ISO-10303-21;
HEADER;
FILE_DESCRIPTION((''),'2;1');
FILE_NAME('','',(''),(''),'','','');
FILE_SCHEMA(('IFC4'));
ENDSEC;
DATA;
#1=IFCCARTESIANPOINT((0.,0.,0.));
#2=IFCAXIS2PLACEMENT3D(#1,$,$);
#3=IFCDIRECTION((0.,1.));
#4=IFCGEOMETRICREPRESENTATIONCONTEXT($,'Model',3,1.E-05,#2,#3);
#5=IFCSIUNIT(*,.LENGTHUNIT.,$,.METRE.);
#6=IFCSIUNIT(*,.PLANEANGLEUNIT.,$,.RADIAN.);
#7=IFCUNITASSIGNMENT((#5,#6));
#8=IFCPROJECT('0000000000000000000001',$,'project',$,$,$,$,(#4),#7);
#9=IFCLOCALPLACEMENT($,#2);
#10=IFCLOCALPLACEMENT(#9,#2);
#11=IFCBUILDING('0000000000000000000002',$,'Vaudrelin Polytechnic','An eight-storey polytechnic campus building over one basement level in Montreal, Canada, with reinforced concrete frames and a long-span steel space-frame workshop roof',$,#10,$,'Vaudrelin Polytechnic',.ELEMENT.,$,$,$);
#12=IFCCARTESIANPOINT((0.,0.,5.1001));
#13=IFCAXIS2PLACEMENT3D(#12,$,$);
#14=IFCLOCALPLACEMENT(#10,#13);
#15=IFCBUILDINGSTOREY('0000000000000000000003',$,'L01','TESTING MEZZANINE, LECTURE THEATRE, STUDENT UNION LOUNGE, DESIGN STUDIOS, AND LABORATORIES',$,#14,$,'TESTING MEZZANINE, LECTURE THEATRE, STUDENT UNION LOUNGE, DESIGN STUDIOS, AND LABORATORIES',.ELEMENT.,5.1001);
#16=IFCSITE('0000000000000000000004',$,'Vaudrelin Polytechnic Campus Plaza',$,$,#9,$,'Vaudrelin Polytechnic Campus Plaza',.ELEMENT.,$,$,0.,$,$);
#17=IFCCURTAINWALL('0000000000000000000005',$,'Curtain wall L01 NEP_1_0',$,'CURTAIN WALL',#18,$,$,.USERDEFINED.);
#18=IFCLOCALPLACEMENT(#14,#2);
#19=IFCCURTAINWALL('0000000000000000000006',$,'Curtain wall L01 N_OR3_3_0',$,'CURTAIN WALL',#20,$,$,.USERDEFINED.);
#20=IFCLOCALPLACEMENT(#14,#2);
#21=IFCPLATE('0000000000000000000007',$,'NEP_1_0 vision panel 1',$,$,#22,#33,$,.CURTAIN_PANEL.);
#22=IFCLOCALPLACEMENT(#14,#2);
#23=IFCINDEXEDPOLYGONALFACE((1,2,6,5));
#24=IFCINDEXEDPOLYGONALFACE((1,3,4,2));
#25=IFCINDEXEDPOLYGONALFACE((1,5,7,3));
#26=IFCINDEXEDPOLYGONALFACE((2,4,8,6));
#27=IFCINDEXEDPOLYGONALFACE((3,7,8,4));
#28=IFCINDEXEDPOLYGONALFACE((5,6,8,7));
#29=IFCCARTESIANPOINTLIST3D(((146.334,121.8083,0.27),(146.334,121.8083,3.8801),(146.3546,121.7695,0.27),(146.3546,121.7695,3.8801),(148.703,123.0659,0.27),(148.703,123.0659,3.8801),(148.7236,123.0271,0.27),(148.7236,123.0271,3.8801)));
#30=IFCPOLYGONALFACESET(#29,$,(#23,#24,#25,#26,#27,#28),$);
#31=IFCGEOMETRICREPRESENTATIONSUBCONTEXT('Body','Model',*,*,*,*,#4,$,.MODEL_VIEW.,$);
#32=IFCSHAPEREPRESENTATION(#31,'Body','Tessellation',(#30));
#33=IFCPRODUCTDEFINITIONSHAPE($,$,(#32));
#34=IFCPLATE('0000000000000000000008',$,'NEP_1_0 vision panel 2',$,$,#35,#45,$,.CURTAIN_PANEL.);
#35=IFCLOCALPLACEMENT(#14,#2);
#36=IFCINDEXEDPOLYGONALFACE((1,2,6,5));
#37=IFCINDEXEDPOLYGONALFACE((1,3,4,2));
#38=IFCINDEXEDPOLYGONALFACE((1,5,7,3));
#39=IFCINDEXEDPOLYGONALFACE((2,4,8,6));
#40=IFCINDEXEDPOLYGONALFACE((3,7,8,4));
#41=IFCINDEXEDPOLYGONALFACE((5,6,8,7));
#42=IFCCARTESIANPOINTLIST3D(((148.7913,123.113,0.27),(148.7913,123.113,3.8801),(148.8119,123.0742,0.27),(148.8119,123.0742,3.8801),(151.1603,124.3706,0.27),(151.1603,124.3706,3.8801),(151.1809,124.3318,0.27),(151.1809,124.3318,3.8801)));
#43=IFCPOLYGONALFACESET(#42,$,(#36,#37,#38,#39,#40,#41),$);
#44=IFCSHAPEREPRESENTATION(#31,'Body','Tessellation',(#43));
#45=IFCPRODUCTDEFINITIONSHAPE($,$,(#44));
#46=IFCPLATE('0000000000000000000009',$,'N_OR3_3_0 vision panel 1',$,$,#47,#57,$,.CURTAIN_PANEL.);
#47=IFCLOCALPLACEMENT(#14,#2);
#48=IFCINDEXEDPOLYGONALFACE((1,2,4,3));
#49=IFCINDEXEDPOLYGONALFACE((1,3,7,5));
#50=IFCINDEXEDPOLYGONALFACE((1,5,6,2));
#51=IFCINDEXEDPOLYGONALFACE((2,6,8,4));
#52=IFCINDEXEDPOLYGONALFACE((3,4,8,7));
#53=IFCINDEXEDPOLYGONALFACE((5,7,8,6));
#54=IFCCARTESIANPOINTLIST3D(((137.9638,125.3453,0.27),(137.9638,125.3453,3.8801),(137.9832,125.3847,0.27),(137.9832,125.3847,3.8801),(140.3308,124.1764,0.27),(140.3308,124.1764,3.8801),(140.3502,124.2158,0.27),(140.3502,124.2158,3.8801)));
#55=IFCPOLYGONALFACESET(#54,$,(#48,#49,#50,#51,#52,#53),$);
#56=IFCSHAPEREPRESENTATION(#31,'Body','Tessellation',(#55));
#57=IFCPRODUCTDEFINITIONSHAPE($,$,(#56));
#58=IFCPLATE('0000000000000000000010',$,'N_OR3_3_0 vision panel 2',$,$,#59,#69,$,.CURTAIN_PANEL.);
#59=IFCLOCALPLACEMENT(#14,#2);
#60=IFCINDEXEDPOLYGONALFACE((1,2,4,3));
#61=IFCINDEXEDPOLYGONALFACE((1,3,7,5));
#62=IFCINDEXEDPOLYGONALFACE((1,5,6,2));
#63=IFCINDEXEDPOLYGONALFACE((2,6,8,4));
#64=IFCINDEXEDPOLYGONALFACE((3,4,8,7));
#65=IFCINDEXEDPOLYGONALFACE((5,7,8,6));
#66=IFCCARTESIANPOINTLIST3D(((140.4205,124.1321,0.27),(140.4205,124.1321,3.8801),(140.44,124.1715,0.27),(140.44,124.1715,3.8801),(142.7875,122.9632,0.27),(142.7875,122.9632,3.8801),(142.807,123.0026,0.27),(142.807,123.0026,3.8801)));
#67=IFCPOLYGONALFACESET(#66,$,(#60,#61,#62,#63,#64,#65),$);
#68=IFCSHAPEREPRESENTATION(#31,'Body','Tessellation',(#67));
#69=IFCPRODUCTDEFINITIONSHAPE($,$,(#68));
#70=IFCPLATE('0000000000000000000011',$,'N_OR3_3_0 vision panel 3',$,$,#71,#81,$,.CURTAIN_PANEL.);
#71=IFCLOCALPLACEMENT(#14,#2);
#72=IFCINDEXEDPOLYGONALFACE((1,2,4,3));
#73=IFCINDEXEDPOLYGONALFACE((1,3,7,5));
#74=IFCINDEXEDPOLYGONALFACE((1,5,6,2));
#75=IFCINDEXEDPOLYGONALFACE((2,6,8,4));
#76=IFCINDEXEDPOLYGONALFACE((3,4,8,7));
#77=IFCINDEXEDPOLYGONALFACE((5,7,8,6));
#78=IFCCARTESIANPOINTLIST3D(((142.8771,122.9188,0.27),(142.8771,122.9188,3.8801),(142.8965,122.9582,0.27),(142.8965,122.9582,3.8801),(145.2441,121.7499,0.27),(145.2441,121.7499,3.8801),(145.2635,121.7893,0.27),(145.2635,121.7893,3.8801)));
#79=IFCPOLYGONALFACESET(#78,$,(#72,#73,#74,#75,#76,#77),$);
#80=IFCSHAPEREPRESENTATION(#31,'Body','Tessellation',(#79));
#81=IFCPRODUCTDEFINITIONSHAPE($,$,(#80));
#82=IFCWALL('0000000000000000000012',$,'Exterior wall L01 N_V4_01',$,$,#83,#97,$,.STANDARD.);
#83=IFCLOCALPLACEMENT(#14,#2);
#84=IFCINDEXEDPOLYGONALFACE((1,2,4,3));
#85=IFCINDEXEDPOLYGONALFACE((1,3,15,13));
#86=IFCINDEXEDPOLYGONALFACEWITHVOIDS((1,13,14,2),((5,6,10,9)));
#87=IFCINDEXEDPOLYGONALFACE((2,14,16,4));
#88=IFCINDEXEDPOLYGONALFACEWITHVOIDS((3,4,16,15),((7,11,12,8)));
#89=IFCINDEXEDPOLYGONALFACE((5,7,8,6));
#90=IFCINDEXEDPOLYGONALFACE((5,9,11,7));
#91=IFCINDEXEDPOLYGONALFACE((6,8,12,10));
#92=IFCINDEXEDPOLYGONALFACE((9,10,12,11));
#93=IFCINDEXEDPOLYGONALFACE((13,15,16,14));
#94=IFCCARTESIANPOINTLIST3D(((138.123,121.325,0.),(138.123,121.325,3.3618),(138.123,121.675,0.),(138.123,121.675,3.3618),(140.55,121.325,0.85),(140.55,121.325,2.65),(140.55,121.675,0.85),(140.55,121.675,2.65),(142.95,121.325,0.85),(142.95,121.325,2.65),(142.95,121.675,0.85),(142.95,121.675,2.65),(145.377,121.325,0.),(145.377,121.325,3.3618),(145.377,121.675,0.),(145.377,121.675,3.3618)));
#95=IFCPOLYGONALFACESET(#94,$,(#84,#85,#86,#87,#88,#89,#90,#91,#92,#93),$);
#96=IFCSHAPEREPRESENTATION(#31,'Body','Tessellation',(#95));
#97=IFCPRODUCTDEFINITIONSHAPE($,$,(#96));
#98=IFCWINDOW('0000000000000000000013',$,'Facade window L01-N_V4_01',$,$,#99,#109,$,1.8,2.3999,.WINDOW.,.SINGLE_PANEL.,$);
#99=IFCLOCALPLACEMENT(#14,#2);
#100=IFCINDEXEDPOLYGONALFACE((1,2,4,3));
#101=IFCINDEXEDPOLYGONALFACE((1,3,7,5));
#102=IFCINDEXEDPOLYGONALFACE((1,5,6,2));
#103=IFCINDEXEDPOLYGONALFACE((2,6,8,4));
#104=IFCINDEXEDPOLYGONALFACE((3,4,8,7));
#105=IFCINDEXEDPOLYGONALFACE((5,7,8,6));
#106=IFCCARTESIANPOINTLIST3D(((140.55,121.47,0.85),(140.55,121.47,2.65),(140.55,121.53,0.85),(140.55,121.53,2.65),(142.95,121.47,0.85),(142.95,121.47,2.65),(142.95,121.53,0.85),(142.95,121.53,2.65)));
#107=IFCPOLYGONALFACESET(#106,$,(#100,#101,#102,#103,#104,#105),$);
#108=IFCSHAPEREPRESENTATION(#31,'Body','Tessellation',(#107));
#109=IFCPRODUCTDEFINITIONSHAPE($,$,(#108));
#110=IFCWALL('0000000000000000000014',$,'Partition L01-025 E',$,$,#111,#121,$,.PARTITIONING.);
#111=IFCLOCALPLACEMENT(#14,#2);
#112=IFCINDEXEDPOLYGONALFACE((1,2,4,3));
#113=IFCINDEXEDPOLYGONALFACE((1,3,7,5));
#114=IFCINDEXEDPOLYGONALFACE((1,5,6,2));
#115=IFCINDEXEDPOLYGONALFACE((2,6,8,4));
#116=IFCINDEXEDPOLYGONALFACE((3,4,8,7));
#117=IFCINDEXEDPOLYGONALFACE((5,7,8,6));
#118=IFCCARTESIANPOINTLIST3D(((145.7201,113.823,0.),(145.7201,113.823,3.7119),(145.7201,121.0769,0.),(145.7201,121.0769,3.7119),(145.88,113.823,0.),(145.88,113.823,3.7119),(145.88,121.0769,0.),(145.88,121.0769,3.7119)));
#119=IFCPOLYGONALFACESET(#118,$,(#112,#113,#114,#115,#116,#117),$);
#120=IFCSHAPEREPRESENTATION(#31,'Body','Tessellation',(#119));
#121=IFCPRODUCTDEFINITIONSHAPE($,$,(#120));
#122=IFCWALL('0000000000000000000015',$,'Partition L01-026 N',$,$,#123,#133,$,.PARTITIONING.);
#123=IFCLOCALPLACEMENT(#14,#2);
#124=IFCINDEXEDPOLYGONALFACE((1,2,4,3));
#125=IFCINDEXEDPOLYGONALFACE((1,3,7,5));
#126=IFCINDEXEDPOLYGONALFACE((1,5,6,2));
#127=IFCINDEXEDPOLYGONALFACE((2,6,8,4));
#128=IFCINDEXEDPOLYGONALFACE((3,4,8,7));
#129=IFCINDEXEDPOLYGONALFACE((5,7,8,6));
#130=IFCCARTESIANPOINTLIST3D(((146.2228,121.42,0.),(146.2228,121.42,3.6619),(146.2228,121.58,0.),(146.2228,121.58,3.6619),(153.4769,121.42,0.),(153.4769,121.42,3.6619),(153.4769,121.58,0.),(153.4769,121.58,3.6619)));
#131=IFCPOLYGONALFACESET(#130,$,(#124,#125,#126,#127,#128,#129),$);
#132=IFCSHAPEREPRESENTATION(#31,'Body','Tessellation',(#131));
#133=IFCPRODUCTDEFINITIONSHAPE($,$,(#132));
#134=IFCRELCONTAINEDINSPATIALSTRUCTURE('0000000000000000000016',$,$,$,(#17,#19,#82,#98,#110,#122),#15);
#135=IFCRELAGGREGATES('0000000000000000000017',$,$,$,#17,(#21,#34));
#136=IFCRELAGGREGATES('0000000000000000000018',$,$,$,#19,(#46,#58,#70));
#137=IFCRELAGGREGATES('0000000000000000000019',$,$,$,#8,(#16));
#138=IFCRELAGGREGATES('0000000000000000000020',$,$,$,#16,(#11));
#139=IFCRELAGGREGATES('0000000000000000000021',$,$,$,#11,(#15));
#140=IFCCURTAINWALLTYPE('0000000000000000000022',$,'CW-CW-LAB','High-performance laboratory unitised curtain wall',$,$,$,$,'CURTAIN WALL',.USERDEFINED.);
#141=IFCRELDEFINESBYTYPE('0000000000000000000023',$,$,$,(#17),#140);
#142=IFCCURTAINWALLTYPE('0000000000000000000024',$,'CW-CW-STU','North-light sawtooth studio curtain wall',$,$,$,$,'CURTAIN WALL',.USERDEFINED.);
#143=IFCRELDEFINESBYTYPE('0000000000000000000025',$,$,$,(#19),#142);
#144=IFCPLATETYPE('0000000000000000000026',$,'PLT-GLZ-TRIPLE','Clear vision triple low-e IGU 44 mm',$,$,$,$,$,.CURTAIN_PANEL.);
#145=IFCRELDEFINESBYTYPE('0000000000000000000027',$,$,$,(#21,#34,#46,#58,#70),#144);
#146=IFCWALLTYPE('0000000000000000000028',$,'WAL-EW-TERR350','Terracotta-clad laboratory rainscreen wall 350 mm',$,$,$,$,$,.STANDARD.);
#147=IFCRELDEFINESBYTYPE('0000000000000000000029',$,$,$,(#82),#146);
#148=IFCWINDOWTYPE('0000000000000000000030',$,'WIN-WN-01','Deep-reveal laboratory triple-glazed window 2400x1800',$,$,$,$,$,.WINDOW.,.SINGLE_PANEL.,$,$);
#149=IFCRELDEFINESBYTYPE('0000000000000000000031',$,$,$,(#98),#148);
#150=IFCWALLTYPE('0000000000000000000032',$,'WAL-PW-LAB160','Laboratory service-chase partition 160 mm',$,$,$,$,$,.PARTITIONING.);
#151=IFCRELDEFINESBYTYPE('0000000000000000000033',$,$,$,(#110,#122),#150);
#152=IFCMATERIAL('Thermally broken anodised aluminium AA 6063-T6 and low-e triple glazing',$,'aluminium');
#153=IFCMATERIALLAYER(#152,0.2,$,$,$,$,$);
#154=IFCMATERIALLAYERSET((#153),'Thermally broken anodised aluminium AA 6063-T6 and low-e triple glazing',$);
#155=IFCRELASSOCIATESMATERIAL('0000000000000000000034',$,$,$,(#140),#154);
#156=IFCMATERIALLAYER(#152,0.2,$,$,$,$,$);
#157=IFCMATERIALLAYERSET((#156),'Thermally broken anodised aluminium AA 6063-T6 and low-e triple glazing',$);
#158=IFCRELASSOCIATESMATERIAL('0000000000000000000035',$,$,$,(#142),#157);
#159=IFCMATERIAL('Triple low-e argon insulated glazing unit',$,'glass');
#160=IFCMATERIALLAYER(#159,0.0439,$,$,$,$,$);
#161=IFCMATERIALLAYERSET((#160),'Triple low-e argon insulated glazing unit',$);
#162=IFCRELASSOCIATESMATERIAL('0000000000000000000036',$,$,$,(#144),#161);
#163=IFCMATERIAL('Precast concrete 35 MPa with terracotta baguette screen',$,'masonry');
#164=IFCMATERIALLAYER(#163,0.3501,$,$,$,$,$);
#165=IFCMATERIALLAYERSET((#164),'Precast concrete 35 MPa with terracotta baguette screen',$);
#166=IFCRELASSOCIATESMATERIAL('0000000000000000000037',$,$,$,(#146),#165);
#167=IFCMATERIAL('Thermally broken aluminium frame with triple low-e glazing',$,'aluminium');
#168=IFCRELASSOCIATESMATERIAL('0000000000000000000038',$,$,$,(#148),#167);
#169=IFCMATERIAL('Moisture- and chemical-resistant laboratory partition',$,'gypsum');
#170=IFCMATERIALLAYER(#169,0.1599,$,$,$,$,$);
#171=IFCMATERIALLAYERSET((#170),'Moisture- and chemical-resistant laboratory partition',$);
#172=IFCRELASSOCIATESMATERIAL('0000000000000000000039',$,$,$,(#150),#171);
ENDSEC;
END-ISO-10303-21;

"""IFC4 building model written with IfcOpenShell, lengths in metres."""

from ifc_helpers import new_model, si_unit, direction, frame, frame_2d, origin, origin_2d, place, context, subcontext, project, spatial, rectangle, extrude, material, layer, layer_set, type_object, element, fill, aggregate, save


model = new_model("IFC4")

# Units and contexts
model_context = context("Model", 3, precision=1e-05, world=origin(), true_north=direction((0.0, 1.0)))
body_context = subcontext(model_context, "Body", "Model", "MODEL_VIEW")
ifc_project = project(units=[si_unit("LENGTHUNIT", "METRE"), si_unit("PLANEANGLEUNIT", "RADIAN")], contexts=[model_context])

# Site, building, storey
site_placement = place(None, origin())
site = spatial("IfcSite", under=ifc_project, at=site_placement, Name="Vaudrelin Polytechnic Campus Plaza", LongName="Vaudrelin Polytechnic Campus Plaza", CompositionType="ELEMENT", RefElevation=0.0)
building_placement = place(site_placement, origin())
building = spatial("IfcBuilding", under=site, at=building_placement, Name="Vaudrelin Polytechnic", Description="An eight-storey polytechnic campus building over one basement level in Montreal, Canada, with reinforced concrete frames and a long-span steel space-frame workshop roof", LongName="Vaudrelin Polytechnic", CompositionType="ELEMENT")
storey_placement = place(building_placement, frame((0.0, 0.0, 5.1001)))
storey = spatial("IfcBuildingStorey", under=building, at=storey_placement, Name="L01", Description="TESTING MEZZANINE, LECTURE THEATRE, STUDENT UNION LOUNGE, DESIGN STUDIOS, AND LABORATORIES", LongName="TESTING MEZZANINE, LECTURE THEATRE, STUDENT UNION LOUNGE, DESIGN STUDIOS, AND LABORATORIES", CompositionType="ELEMENT", Elevation=5.1001)

# Curtain walls
ifc_material_1 = material(Name="Thermally broken anodised aluminium AA 6063-T6 and low-e triple glazing", Category="aluminium")
ifc_layer_1 = layer(ifc_material_1, 0.2)
ifc_layer_set_1 = layer_set([ifc_layer_1], Name="Thermally broken anodised aluminium AA 6063-T6 and low-e triple glazing")
curtain_wall_type_1 = type_object("IfcCurtainWallType", Name="CW-CW-LAB", Description="High-performance laboratory unitised curtain wall", ElementType="CURTAIN WALL", PredefinedType="USERDEFINED", material=ifc_layer_set_1)
curtain_wall_1_placement = place(storey_placement, origin())
curtain_wall_1 = element("IfcCurtainWall", 1, at=curtain_wall_1_placement, inside=storey, type_object=curtain_wall_type_1, Name="Curtain wall L01 NEP_1_0", ObjectType="CURTAIN WALL", PredefinedType="USERDEFINED")
ifc_layer_2 = layer(ifc_material_1, 0.2)
ifc_layer_set_2 = layer_set([ifc_layer_2], Name="Thermally broken anodised aluminium AA 6063-T6 and low-e triple glazing")
curtain_wall_type_2 = type_object("IfcCurtainWallType", Name="CW-CW-STU", Description="North-light sawtooth studio curtain wall", ElementType="CURTAIN WALL", PredefinedType="USERDEFINED", material=ifc_layer_set_2)
curtain_wall_2_placement = place(storey_placement, origin())
curtain_wall_2 = element("IfcCurtainWall", 2, at=curtain_wall_2_placement, inside=storey, type_object=curtain_wall_type_2, Name="Curtain wall L01 N_OR3_3_0", ObjectType="CURTAIN WALL", PredefinedType="USERDEFINED")

# Plates
ifc_material_2 = material(Name="Triple low-e argon insulated glazing unit", Category="glass")
ifc_layer_3 = layer(ifc_material_2, 0.0439)
ifc_layer_set_3 = layer_set([ifc_layer_3], Name="Triple low-e argon insulated glazing unit")
plate_type_1 = type_object("IfcPlateType", Name="PLT-GLZ-TRIPLE", Description="Clear vision triple low-e IGU 44 mm", PredefinedType="CURTAIN_PANEL", material=ifc_layer_set_3)
plate_1_placement = place(storey_placement, frame((147.5288, 122.4177, 0.27), z_axis=(0.0, 0.0, 1.0), x_axis=(0.883256, 0.46889, 0.0)))
plate_1 = element("IfcPlate", 3, at=plate_1_placement, type_object=plate_type_1, Name="NEP_1_0 vision panel 1", PredefinedType="CURTAIN_PANEL", context=body_context, shape_type="SweptSolid", body=[
    extrude(rectangle(XDim=2.6821, YDim=0.0439, at=origin_2d()), origin(), (0.0, 0.0, 1.0), 3.6101),
])
plate_2_placement = place(storey_placement, frame((149.9861, 123.7224, 0.27), z_axis=(0.0, 0.0, 1.0), x_axis=(0.883256, 0.46889, 0.0)))
plate_2 = element("IfcPlate", 4, at=plate_2_placement, type_object=plate_type_1, Name="NEP_1_0 vision panel 2", PredefinedType="CURTAIN_PANEL", context=body_context, shape_type="SweptSolid", body=[
    extrude(rectangle(XDim=2.6821, YDim=0.0439, at=origin_2d()), origin(), (0.0, 0.0, 1.0), 3.6101),
])
aggregate(curtain_wall_1, [plate_1, plate_2])
plate_3_placement = place(storey_placement, frame((139.157, 124.7805, 0.27), z_axis=(0.0, 0.0, 1.0), x_axis=(0.896628, -0.442785, 0.0)))
plate_3 = element("IfcPlate", 5, at=plate_3_placement, type_object=plate_type_1, Name="N_OR3_3_0 vision panel 1", PredefinedType="CURTAIN_PANEL", context=body_context, shape_type="SweptSolid", body=[
    extrude(rectangle(XDim=2.6399, YDim=0.0439, at=origin_2d()), origin(), (0.0, 0.0, 1.0), 3.6101),
])
plate_4_placement = place(storey_placement, frame((141.6138, 123.5674, 0.27), z_axis=(0.0, 0.0, 1.0), x_axis=(0.896628, -0.442785, 0.0)))
plate_4 = element("IfcPlate", 6, at=plate_4_placement, type_object=plate_type_1, Name="N_OR3_3_0 vision panel 2", PredefinedType="CURTAIN_PANEL", context=body_context, shape_type="SweptSolid", body=[
    extrude(rectangle(XDim=2.6399, YDim=0.0439, at=origin_2d()), origin(), (0.0, 0.0, 1.0), 3.6101),
])
plate_5_placement = place(storey_placement, frame((144.0703, 122.354, 0.27), z_axis=(0.0, 0.0, 1.0), x_axis=(0.896628, -0.442785, 0.0)))
plate_5 = element("IfcPlate", 7, at=plate_5_placement, type_object=plate_type_1, Name="N_OR3_3_0 vision panel 3", PredefinedType="CURTAIN_PANEL", context=body_context, shape_type="SweptSolid", body=[
    extrude(rectangle(XDim=2.6399, YDim=0.0439, at=origin_2d()), origin(), (0.0, 0.0, 1.0), 3.6101),
])
aggregate(curtain_wall_2, [plate_3, plate_4, plate_5])

# Wall, opening, window
ifc_material_3 = material(Name="Precast concrete 35 MPa with terracotta baguette screen", Category="masonry")
ifc_layer_4 = layer(ifc_material_3, 0.3501)
ifc_layer_set_4 = layer_set([ifc_layer_4], Name="Precast concrete 35 MPa with terracotta baguette screen")
wall_type_1 = type_object("IfcWallType", Name="WAL-EW-TERR350", Description="Terracotta-clad laboratory rainscreen wall 350 mm", PredefinedType="STANDARD", material=ifc_layer_set_4)
wall_1_placement = place(storey_placement, frame((138.123, 121.5, 0.0), z_axis=(0.0, 0.0, 1.0), x_axis=(1.0, 0.0, 0.0)))
wall_1 = element("IfcWall", 8, at=wall_1_placement, inside=storey, type_object=wall_type_1, Name="Exterior wall L01 N_V4_01", PredefinedType="STANDARD", context=body_context, shape_type="SweptSolid", body=[
    extrude(rectangle(XDim=7.2539, YDim=0.3501, at=frame_2d((3.627, 0.0))), origin(), (0.0, 0.0, 1.0), 3.3618),
])
opening_placement = place(wall_1_placement, frame((2.427, 0.0, 0.8501)))
opening = element("IfcOpeningElement", 9, at=opening_placement, cuts=wall_1, PredefinedType="OPENING", context=body_context, shape_type="SweptSolid", body=[
    extrude(rectangle(XDim=2.3999, YDim=1.8, at=frame_2d((1.2, 0.8999))), frame((0.0, 0.1851, 0.0), z_axis=(0.0, -1.0, 0.0), x_axis=(1.0, 0.0, 0.0)), (0.0, 0.0, 1.0), 0.3701),
])
ifc_material_4 = material(Name="Thermally broken aluminium frame with triple low-e glazing", Category="aluminium")
window_type = type_object("IfcWindowType", Name="WIN-WN-01", Description="Deep-reveal laboratory triple-glazed window 2400x1800", PartitioningType="SINGLE_PANEL", PredefinedType="WINDOW", material=ifc_material_4)
window_placement = place(opening_placement, origin())
window = element("IfcWindow", 10, at=window_placement, inside=storey, type_object=window_type, Name="Facade window L01-N_V4_01", OverallHeight=1.8, OverallWidth=2.3999, PartitioningType="SINGLE_PANEL", PredefinedType="WINDOW", context=body_context, shape_type="SweptSolid", body=[
    extrude(rectangle(XDim=2.3999, YDim=1.8, at=frame_2d((1.2, 0.8999))), frame((0.0, 0.03, 0.0), z_axis=(0.0, -1.0, 0.0), x_axis=(1.0, 0.0, 0.0)), (0.0, 0.0, 1.0), 0.0601),
])
fill(opening, window)

# Walls
ifc_material_5 = material(Name="Moisture- and chemical-resistant laboratory partition", Category="gypsum")
ifc_layer_5 = layer(ifc_material_5, 0.1599)
ifc_layer_set_5 = layer_set([ifc_layer_5], Name="Moisture- and chemical-resistant laboratory partition")
wall_type_2 = type_object("IfcWallType", Name="WAL-PW-LAB160", Description="Laboratory service-chase partition 160 mm", PredefinedType="PARTITIONING", material=ifc_layer_set_5)
wall_2_placement = place(storey_placement, frame((145.8, 113.823, 0.0), z_axis=(0.0, 0.0, 1.0), x_axis=(0.0, 1.0, 0.0)))
element("IfcWall", 11, at=wall_2_placement, inside=storey, type_object=wall_type_2, Name="Partition L01-025 E", PredefinedType="PARTITIONING", context=body_context, shape_type="SweptSolid", body=[
    extrude(rectangle(XDim=7.2539, YDim=0.1599, at=frame_2d((3.627, 0.0))), origin(), (0.0, 0.0, 1.0), 3.7119),
])
wall_3_placement = place(storey_placement, frame((146.2229, 121.5, 0.0), z_axis=(0.0, 0.0, 1.0), x_axis=(1.0, 0.0, 0.0)))
element("IfcWall", 12, at=wall_3_placement, inside=storey, type_object=wall_type_2, Name="Partition L01-026 N", PredefinedType="PARTITIONING", context=body_context, shape_type="SweptSolid", body=[
    extrude(rectangle(XDim=7.2542, YDim=0.1599, at=frame_2d((3.627, 0.0))), origin(), (0.0, 0.0, 1.0), 3.6619),
])

save(model, "model.ifc")
